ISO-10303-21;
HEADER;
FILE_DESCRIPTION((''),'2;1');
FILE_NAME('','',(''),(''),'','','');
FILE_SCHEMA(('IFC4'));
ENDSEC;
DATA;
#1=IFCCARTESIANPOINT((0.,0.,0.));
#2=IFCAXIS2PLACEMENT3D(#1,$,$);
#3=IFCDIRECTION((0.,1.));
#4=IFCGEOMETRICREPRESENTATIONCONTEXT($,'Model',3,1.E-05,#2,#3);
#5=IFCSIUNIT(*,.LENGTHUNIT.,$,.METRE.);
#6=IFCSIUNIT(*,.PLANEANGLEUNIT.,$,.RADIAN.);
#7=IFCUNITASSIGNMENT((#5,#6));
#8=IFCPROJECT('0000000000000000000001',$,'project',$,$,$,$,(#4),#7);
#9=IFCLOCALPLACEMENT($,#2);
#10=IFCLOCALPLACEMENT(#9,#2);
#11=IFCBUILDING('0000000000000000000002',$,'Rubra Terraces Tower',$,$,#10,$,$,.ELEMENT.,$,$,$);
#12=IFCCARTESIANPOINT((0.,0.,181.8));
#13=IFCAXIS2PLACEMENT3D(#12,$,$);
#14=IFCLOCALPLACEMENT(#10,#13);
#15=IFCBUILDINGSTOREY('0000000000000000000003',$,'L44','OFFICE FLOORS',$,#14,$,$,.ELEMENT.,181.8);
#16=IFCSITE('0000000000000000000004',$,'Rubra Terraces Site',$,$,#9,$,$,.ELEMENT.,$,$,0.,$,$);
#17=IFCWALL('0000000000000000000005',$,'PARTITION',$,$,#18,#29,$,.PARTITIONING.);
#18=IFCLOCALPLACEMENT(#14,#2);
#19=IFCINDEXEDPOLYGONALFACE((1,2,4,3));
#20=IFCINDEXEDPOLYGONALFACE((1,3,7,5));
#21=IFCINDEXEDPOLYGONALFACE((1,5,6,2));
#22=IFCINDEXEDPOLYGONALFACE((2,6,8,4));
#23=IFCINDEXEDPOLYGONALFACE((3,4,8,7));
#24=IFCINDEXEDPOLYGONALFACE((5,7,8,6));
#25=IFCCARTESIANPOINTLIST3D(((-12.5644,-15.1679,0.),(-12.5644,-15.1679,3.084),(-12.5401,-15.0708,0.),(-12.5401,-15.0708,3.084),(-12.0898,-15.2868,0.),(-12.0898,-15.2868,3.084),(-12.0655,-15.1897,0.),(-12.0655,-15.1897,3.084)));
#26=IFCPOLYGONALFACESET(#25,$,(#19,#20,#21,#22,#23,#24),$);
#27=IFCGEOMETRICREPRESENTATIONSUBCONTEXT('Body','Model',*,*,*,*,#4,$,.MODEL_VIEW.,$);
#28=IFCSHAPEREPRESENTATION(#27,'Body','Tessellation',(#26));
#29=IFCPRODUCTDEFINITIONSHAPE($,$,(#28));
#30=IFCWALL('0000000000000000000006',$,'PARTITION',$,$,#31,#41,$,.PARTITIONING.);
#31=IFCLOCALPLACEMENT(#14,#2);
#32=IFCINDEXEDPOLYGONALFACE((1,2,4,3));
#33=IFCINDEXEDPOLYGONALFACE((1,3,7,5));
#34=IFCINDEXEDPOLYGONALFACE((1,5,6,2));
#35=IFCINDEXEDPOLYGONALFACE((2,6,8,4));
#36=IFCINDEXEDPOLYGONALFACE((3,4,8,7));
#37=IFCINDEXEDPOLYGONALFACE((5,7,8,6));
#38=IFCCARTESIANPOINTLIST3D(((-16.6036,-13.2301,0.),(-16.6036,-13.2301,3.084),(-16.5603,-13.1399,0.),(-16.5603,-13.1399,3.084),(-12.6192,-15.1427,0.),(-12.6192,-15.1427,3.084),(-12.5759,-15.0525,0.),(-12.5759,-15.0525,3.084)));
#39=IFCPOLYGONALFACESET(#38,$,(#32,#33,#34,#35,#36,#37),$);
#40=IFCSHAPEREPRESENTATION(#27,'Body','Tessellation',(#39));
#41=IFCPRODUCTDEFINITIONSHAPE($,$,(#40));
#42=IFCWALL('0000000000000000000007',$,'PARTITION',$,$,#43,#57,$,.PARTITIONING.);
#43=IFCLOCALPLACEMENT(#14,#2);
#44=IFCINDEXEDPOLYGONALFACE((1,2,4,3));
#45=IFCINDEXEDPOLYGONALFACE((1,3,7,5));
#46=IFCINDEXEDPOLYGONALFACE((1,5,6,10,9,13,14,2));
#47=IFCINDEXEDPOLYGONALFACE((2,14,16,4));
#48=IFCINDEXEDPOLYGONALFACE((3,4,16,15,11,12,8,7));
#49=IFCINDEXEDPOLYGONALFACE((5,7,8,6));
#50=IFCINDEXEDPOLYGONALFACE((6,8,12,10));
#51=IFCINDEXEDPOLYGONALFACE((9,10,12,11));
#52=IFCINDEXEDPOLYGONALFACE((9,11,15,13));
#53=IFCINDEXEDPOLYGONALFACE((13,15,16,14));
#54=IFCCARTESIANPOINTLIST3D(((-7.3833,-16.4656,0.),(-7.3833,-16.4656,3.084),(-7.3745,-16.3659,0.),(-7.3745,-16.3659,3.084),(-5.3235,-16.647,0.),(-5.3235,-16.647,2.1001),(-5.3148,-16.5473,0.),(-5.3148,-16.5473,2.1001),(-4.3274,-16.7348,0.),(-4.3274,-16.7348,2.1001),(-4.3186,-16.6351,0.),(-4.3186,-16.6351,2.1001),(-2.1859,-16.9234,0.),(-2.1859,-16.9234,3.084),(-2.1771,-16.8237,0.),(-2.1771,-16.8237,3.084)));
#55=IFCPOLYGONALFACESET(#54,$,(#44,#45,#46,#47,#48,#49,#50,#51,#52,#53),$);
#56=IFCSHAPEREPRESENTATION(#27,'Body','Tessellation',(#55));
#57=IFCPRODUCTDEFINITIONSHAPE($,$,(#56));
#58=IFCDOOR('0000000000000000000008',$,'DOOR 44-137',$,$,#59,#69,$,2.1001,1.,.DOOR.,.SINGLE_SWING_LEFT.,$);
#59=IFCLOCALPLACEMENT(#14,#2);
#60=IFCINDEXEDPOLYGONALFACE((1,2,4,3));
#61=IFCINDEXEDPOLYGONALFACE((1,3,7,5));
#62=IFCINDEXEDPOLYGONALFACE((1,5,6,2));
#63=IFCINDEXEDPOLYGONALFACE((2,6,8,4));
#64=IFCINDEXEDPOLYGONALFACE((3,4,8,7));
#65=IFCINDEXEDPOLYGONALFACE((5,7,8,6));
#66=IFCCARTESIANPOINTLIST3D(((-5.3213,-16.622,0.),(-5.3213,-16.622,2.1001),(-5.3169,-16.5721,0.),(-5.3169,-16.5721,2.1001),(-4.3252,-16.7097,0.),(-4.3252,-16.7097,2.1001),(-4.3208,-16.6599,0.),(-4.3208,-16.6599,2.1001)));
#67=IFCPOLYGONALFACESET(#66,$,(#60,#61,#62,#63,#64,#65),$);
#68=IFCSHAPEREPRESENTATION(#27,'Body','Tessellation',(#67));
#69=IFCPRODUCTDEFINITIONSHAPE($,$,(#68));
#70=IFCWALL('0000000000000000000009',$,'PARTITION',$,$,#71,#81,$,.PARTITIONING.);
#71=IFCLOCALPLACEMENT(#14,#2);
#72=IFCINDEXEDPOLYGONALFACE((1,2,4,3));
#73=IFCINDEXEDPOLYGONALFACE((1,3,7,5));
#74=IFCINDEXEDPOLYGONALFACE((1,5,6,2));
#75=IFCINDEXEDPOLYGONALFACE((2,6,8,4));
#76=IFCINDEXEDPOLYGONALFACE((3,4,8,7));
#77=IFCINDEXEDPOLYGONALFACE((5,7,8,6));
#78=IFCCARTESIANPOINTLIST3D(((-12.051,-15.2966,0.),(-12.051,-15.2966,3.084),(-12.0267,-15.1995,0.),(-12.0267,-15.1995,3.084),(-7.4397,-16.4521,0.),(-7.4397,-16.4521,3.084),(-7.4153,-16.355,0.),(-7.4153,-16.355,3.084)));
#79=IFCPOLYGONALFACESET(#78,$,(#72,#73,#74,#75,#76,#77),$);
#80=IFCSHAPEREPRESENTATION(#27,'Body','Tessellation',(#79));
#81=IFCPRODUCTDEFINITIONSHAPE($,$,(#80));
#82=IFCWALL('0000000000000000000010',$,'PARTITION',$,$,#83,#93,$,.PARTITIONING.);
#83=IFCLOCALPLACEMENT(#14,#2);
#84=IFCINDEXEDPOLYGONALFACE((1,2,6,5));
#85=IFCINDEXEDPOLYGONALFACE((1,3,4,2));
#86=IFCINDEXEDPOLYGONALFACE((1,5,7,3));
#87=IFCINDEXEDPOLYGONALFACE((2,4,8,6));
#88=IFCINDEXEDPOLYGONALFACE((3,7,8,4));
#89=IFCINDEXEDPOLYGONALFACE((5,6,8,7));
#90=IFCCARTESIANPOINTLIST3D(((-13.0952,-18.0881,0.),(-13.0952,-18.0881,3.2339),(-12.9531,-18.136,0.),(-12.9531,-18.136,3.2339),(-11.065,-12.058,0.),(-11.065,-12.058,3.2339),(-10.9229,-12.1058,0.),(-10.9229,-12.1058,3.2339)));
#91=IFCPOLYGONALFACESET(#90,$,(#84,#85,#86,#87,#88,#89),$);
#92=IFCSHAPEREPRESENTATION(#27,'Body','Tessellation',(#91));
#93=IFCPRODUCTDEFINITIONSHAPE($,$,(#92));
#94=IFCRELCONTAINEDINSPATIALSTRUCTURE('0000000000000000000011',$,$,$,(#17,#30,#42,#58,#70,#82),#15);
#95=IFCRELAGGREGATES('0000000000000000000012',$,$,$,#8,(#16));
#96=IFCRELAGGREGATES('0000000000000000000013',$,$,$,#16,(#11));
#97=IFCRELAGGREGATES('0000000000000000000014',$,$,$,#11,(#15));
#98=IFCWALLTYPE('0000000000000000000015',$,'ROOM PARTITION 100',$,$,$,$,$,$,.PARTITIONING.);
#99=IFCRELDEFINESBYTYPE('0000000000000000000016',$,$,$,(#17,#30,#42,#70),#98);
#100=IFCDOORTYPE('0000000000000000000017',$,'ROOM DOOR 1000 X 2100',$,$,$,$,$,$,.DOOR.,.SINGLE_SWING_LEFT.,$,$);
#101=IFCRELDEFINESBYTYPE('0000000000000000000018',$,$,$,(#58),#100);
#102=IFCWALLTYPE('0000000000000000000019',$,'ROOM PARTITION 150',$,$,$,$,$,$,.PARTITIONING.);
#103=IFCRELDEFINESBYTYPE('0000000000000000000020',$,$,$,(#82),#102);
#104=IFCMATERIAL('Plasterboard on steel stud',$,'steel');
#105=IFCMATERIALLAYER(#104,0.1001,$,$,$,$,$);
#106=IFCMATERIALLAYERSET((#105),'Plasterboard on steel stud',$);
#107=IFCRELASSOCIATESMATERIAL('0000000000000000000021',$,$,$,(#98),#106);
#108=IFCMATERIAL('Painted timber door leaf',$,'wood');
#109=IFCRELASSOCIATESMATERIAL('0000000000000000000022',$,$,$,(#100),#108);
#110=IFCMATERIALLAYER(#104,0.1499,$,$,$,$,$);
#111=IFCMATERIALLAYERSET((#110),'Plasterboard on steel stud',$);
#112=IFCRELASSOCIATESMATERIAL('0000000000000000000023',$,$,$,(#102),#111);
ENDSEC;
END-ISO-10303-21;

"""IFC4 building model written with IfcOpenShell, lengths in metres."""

from ifc_helpers import new_model, si_unit, direction, frame, frame_2d, origin, place, context, subcontext, project, spatial, rectangle, extrude, material, layer, layer_set, type_object, element, fill, save


model = new_model("IFC4")

# Units and contexts
model_context = context("Model", 3, precision=1e-05, world=origin(), true_north=direction((0.0, 1.0)))
body_context = subcontext(model_context, "Body", "Model", "MODEL_VIEW")
ifc_project = project(units=[si_unit("LENGTHUNIT", "METRE"), si_unit("PLANEANGLEUNIT", "RADIAN")], contexts=[model_context])

# Site, building, storey
site_placement = place(None, origin())
site = spatial("IfcSite", under=ifc_project, at=site_placement, Name="Rubra Terraces Site", CompositionType="ELEMENT", RefElevation=0.0)
building_placement = place(site_placement, origin())
building = spatial("IfcBuilding", under=site, at=building_placement, Name="Rubra Terraces Tower", CompositionType="ELEMENT")
storey_placement = place(building_placement, frame((0.0, 0.0, 181.8)))
storey = spatial("IfcBuildingStorey", under=building, at=storey_placement, Name="L44", Description="OFFICE FLOORS", CompositionType="ELEMENT", Elevation=181.8)

# Walls
ifc_material_1 = material(Name="Plasterboard on steel stud", Category="steel")
ifc_layer_1 = layer(ifc_material_1, 0.1001)
ifc_layer_set_1 = layer_set([ifc_layer_1], Name="Plasterboard on steel stud")
wall_type_1 = type_object("IfcWallType", Name="ROOM PARTITION 100", PredefinedType="PARTITIONING", material=ifc_layer_set_1)
wall_1_placement = place(storey_placement, frame((-12.0776, -15.2383, 0.0), z_axis=(0.0, 0.0, 1.0), x_axis=(-0.970025, 0.243005, 0.0)))
element("IfcWall", 1, at=wall_1_placement, inside=storey, type_object=wall_type_1, Name="PARTITION", PredefinedType="PARTITIONING", context=body_context, shape_type="SweptSolid", body=[
    extrude(rectangle(XDim=0.4893, YDim=0.1001, at=frame_2d((0.2446, 0.0))), origin(), (0.0, 0.0, 1.0), 3.084),
])
wall_2_placement = place(storey_placement, frame((-12.5974, -15.0977, 0.0), z_axis=(0.0, 0.0, 1.0), x_axis=(-0.901514, 0.432749, 0.0)))
element("IfcWall", 2, at=wall_2_placement, inside=storey, type_object=wall_type_1, Name="PARTITION", PredefinedType="PARTITIONING", context=body_context, shape_type="SweptSolid", body=[
    extrude(rectangle(XDim=4.4197, YDim=0.1001, at=frame_2d((2.21, 0.0))), origin(), (0.0, 0.0, 1.0), 3.084),
])

# Wall, opening, door
wall_3_placement = place(storey_placement, frame((-2.1814, -16.8735, 0.0), z_axis=(0.0, 0.0, 1.0), x_axis=(-0.996144, 0.087734, 0.0)))
wall_3 = element("IfcWall", 3, at=wall_3_placement, inside=storey, type_object=wall_type_1, Name="PARTITION", PredefinedType="PARTITIONING", context=body_context, shape_type="SweptSolid", body=[
    extrude(rectangle(XDim=5.2175, YDim=0.1001, at=frame_2d((2.6089, 0.0))), origin(), (0.0, 0.0, 1.0), 3.084),
])
opening_1_placement = place(wall_3_placement, frame((2.1499, 0.0, 0.0)))
opening_1 = element("IfcOpeningElement", 4, at=opening_1_placement, cuts=wall_3, PredefinedType="OPENING", context=body_context, shape_type="SweptSolid", body=[
    extrude(rectangle(XDim=1.0, YDim=2.1001, at=frame_2d((0.5, 1.05))), frame((0.0, 0.0601, 0.0), z_axis=(0.0, -1.0, 0.0), x_axis=(1.0, 0.0, 0.0)), (0.0, 0.0, 1.0), 0.1201),
])
ifc_material_2 = material(Name="Painted timber door leaf", Category="wood")
door_type = type_object("IfcDoorType", Name="ROOM DOOR 1000 X 2100", OperationType="SINGLE_SWING_LEFT", PredefinedType="DOOR", material=ifc_material_2)
door_placement = place(opening_1_placement, origin())
door = element("IfcDoor", 5, at=door_placement, inside=storey, type_object=door_type, Name="DOOR 44-137", OperationType="SINGLE_SWING_LEFT", OverallHeight=2.1001, OverallWidth=1.0, PredefinedType="DOOR", context=body_context, shape_type="SweptSolid", body=[
    extrude(rectangle(XDim=1.0, YDim=2.1001, at=frame_2d((0.5, 1.05))), frame((0.0, 0.0249, 0.0), z_axis=(0.0, -1.0, 0.0), x_axis=(1.0, 0.0, 0.0)), (0.0, 0.0, 1.0), 0.05),
])
fill(opening_1, door)

# Walls
wall_4_placement = place(storey_placement, frame((-7.4275, -16.4036, 0.0), z_axis=(0.0, 0.0, 1.0), x_axis=(-0.970009, 0.243067, 0.0)))
element("IfcWall", 6, at=wall_4_placement, inside=storey, type_object=wall_type_1, Name="PARTITION", PredefinedType="PARTITIONING", context=body_context, shape_type="SweptSolid", body=[
    extrude(rectangle(XDim=4.7539, YDim=0.1001, at=frame_2d((2.377, 0.0))), origin(), (0.0, 0.0, 1.0), 3.084),
])
ifc_layer_2 = layer(ifc_material_1, 0.1499)
ifc_layer_set_2 = layer_set([ifc_layer_2], Name="Plasterboard on steel stud")
wall_type_2 = type_object("IfcWallType", Name="ROOM PARTITION 150", PredefinedType="PARTITIONING", material=ifc_layer_set_2)
wall_5_placement = place(storey_placement, frame((-13.0242, -18.1121, 0.0), z_axis=(0.0, 0.0, 1.0), x_axis=(0.319081, 0.947727, 0.0)))
element("IfcWall", 7, at=wall_5_placement, inside=storey, type_object=wall_type_2, Name="PARTITION", PredefinedType="PARTITIONING", context=body_context, shape_type="SweptSolid", body=[
    extrude(rectangle(XDim=6.3628, YDim=0.1499, at=frame_2d((3.1814, 0.0))), origin(), (0.0, 0.0, 1.0), 3.2339),
])

save(model, "model.ifc")
